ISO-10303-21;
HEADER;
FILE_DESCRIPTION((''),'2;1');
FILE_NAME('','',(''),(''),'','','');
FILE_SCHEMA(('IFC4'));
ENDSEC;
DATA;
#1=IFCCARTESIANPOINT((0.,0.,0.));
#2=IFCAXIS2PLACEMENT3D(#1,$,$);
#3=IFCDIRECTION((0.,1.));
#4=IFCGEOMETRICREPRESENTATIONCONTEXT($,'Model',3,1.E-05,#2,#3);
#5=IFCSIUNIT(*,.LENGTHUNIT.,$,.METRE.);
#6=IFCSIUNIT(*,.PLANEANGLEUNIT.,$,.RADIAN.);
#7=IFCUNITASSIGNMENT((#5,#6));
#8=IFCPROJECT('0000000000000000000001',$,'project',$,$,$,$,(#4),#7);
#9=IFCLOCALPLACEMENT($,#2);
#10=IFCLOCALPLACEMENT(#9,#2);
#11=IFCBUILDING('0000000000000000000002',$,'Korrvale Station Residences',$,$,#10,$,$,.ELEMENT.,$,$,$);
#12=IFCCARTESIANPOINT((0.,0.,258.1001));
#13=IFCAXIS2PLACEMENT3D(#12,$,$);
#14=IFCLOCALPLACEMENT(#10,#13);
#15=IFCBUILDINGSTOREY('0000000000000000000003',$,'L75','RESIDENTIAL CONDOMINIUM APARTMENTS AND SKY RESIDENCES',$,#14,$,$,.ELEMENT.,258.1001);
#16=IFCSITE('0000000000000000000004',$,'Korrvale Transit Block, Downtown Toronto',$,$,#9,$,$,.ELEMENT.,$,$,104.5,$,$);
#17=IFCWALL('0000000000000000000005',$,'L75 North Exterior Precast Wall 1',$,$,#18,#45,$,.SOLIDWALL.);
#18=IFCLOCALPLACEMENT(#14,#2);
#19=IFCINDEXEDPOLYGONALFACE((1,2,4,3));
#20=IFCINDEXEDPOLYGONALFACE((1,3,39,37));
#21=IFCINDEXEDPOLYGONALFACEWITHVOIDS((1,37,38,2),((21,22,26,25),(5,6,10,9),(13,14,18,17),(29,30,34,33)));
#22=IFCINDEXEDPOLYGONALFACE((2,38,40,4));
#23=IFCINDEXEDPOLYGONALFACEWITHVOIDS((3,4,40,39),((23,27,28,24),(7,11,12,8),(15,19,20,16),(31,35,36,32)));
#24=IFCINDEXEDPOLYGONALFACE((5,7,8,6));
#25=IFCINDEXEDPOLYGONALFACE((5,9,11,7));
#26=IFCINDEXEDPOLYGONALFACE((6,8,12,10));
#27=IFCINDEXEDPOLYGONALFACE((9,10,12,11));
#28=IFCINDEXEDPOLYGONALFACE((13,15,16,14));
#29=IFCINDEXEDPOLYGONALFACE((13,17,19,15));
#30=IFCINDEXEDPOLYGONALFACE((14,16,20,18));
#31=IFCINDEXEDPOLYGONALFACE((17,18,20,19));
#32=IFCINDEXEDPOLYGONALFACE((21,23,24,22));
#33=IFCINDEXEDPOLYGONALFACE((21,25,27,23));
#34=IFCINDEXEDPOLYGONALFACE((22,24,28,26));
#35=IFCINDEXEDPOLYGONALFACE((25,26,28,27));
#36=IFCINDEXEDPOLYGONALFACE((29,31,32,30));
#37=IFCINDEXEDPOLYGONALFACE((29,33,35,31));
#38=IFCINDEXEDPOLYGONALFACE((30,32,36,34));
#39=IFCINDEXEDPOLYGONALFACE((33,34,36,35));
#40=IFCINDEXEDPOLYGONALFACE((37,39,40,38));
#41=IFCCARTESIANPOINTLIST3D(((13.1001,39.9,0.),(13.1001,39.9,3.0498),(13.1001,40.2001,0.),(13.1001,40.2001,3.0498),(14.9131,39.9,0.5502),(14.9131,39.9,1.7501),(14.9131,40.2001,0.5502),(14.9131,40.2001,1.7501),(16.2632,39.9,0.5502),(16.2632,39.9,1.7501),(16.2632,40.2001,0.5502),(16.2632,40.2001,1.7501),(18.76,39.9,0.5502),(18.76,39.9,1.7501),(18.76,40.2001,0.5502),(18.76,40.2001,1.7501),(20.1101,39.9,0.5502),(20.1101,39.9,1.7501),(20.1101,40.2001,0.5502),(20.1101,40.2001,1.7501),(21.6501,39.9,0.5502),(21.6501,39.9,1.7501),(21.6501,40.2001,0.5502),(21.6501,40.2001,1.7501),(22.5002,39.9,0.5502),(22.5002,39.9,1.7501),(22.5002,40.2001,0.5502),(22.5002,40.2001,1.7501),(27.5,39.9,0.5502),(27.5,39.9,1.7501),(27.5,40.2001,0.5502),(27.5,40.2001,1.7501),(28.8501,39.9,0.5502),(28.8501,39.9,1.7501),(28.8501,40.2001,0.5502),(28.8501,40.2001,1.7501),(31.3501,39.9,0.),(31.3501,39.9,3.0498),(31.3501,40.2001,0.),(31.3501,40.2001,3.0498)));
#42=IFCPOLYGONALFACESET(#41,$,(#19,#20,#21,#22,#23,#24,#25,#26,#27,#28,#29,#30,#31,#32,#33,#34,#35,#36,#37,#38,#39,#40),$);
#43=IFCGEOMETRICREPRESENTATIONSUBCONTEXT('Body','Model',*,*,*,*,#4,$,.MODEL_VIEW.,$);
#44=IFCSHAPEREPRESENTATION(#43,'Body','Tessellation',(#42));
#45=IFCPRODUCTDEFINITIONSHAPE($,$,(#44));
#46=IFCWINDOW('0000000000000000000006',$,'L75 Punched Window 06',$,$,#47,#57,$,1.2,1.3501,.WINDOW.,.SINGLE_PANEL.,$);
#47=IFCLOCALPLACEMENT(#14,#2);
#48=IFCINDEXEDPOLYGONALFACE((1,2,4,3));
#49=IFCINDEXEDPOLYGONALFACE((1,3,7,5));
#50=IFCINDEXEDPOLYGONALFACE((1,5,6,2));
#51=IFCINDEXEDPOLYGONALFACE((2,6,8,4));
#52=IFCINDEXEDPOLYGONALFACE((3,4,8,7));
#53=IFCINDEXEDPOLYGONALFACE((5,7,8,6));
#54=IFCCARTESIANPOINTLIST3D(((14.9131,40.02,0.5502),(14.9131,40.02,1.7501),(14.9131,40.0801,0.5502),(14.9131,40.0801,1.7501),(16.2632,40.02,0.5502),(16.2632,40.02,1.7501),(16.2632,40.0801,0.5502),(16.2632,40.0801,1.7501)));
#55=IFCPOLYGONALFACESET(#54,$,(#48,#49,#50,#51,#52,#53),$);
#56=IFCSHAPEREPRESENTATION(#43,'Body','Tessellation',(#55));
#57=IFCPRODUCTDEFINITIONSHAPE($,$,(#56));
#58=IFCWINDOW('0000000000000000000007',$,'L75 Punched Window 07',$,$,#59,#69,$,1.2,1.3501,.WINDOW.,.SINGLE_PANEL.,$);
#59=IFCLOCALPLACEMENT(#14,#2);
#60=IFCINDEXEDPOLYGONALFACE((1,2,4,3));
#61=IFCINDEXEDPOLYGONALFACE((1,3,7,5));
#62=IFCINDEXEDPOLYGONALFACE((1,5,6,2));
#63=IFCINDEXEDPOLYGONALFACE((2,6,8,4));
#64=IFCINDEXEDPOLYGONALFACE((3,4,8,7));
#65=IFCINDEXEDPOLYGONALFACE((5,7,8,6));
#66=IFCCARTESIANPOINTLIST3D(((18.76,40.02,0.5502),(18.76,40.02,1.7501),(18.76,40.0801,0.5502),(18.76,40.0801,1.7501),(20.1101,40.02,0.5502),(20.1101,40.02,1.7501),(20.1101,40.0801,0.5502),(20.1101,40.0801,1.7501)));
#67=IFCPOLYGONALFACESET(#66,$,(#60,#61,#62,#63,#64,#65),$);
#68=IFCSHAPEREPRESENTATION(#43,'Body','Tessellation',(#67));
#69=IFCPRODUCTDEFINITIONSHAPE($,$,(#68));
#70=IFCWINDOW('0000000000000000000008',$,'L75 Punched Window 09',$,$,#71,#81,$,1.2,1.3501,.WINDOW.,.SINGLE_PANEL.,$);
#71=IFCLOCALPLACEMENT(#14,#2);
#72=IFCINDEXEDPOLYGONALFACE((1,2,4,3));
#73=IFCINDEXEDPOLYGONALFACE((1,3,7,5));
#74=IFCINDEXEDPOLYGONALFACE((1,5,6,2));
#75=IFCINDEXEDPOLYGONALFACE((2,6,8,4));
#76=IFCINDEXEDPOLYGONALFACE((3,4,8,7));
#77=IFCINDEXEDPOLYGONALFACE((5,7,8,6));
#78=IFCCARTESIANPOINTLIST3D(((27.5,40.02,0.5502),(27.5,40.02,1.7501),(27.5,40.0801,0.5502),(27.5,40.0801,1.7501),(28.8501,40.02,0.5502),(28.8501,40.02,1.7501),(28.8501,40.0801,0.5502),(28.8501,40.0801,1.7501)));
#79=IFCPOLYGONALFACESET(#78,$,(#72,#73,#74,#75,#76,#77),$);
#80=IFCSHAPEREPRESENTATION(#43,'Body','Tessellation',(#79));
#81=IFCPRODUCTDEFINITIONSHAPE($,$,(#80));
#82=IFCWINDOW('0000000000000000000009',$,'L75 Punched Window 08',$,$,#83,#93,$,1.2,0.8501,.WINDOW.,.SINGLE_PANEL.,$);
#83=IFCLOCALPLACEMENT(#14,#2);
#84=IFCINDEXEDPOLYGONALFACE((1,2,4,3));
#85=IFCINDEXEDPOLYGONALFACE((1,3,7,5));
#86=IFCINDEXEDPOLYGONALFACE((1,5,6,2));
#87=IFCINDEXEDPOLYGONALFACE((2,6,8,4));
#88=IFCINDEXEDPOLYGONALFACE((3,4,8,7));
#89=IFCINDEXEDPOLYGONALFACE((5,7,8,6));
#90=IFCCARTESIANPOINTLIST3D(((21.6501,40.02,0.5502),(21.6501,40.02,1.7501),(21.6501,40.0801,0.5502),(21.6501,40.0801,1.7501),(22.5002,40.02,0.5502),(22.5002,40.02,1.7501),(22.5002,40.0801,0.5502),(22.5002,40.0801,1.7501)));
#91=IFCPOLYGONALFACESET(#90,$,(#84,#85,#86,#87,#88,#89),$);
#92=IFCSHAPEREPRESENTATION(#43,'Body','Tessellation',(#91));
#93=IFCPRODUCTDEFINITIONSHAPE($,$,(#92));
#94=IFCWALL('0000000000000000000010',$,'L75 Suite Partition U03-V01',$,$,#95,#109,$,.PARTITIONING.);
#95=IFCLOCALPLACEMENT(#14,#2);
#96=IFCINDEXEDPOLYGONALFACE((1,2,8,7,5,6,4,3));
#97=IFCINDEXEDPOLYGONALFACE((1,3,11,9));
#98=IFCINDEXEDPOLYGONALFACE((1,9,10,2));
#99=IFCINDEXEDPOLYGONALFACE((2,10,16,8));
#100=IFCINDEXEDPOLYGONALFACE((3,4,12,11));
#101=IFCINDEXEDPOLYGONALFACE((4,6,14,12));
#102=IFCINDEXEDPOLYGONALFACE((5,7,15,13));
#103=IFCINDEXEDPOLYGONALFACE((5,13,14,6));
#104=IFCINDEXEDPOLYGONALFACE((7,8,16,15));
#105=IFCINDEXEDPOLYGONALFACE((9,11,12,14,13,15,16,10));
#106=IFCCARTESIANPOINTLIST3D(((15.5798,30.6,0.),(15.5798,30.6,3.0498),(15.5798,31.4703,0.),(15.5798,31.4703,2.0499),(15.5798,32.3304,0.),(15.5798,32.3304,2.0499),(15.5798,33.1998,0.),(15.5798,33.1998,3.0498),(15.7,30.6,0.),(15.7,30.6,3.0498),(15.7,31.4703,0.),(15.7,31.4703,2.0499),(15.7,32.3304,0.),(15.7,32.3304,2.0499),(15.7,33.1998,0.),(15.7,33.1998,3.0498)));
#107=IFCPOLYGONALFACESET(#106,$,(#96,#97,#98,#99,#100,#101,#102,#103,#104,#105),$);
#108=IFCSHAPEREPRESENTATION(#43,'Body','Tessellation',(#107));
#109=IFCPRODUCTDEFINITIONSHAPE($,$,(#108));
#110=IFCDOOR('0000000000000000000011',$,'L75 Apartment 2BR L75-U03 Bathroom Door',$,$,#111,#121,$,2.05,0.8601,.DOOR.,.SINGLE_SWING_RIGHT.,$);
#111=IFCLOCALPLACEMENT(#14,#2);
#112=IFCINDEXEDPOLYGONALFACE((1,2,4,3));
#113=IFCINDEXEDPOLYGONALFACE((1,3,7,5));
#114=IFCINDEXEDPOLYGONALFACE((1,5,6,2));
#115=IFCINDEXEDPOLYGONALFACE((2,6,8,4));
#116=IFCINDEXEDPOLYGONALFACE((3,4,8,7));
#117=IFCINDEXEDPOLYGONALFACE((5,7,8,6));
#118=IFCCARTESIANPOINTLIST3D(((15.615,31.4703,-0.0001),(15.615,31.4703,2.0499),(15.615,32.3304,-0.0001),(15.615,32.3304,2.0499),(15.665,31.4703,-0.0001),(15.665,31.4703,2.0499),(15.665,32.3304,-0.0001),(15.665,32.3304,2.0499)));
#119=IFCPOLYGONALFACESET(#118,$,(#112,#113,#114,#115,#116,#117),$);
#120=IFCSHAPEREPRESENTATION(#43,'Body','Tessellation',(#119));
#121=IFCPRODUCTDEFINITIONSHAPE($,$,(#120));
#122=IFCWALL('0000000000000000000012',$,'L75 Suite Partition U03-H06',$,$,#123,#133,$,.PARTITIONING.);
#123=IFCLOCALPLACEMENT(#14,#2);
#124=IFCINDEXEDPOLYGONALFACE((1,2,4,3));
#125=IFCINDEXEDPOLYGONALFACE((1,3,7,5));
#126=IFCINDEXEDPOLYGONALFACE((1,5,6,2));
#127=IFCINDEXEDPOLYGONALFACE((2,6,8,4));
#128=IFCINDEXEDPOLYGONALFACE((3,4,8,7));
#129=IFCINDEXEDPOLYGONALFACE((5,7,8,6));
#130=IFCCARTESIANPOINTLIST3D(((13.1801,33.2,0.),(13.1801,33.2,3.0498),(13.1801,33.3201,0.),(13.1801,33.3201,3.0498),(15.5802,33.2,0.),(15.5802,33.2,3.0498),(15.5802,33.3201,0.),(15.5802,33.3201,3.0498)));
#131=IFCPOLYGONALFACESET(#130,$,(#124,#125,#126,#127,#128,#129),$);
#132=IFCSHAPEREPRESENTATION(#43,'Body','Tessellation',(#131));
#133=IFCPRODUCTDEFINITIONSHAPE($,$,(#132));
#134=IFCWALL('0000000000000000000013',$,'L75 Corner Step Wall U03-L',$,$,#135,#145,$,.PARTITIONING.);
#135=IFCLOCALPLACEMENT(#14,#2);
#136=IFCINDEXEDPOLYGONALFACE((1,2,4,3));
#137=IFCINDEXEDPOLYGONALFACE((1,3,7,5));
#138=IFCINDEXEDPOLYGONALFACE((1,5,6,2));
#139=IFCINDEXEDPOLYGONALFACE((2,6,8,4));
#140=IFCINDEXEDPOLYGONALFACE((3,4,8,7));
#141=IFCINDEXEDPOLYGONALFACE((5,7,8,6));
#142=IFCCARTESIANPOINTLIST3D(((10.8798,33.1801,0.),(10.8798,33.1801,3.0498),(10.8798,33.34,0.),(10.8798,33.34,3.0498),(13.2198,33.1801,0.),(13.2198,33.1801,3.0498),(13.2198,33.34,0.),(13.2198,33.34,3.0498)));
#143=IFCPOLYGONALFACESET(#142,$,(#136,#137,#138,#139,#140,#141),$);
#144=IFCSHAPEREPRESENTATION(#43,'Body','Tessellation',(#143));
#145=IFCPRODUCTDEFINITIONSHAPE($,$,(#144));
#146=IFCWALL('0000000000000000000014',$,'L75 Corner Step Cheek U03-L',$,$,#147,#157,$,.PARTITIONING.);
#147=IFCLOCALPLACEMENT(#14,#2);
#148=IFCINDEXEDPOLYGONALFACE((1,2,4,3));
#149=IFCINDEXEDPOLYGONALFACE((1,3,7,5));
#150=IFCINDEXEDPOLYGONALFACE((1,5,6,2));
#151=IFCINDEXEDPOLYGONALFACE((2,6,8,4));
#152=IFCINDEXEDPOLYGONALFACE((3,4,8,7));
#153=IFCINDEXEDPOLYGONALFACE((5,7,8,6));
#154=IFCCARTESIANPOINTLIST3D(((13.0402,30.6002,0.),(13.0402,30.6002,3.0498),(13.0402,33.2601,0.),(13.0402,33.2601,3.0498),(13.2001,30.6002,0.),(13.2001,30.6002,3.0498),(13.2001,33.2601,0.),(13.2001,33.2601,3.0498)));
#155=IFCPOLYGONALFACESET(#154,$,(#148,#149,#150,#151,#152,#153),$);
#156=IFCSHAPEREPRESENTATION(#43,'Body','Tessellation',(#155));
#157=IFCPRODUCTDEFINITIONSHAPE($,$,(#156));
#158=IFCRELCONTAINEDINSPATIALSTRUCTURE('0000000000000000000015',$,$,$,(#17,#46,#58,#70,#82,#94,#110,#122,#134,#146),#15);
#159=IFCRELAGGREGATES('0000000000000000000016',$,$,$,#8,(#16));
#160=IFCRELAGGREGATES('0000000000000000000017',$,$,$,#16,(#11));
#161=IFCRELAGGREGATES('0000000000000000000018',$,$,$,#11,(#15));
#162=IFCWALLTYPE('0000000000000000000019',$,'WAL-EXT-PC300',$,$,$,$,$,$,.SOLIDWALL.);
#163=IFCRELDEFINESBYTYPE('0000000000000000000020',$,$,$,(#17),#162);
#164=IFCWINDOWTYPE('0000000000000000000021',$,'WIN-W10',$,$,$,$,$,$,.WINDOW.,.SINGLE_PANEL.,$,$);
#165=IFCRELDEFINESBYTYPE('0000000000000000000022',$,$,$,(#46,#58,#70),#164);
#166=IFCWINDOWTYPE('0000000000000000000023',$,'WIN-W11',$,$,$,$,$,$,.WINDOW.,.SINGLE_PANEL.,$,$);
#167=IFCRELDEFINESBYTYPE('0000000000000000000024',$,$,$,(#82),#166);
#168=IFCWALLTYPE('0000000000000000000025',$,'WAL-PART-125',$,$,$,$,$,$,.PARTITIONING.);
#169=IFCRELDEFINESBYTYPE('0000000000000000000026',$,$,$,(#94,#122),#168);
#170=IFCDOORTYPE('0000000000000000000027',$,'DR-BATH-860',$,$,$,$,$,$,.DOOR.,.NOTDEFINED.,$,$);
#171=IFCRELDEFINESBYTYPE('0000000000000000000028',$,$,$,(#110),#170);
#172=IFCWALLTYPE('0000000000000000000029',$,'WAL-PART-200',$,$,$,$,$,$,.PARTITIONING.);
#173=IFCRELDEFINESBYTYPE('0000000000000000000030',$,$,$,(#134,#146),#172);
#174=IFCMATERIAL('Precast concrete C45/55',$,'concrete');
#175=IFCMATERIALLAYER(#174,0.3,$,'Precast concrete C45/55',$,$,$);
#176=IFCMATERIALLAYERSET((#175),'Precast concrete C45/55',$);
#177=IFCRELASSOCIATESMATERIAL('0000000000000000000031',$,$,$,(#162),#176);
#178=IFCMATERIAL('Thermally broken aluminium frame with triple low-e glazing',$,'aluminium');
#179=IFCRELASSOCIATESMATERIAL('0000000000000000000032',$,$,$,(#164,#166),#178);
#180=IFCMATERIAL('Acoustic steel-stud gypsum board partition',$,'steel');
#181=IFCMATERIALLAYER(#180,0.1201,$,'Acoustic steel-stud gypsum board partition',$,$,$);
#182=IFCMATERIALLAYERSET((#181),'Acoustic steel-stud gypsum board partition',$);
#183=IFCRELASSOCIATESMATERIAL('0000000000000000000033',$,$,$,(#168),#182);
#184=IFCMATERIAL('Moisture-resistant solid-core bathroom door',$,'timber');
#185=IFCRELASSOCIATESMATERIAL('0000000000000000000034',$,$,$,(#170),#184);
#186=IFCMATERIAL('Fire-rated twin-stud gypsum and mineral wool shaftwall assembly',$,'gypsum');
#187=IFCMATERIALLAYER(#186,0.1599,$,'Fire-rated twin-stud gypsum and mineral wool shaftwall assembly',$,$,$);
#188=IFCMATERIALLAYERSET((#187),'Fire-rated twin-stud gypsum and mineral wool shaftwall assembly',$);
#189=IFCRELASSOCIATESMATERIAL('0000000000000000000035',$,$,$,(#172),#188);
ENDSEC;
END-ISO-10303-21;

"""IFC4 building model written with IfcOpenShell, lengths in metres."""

from ifc_helpers import new_model, si_unit, direction, frame, frame_2d, origin, place, context, subcontext, project, spatial, rectangle, extrude, material, layer, layer_set, type_object, element, fill, save


model = new_model("IFC4")

# Units and contexts
model_context = context("Model", 3, precision=1e-05, world=origin(), true_north=direction((0.0, 1.0)))
body_context = subcontext(model_context, "Body", "Model", "MODEL_VIEW")
ifc_project = project(units=[si_unit("LENGTHUNIT", "METRE"), si_unit("PLANEANGLEUNIT", "RADIAN")], contexts=[model_context])

# Site, building, storey
site_placement = place(None, origin())
site = spatial("IfcSite", under=ifc_project, at=site_placement, Name="Korrvale Transit Block, Downtown Toronto", CompositionType="ELEMENT", RefElevation=104.5)
building_placement = place(site_placement, origin())
building = spatial("IfcBuilding", under=site, at=building_placement, Name="Korrvale Station Residences", CompositionType="ELEMENT")
storey_placement = place(building_placement, frame((0.0, 0.0, 258.1001)))
storey = spatial("IfcBuildingStorey", under=building, at=storey_placement, Name="L75", Description="RESIDENTIAL CONDOMINIUM APARTMENTS AND SKY RESIDENCES", CompositionType="ELEMENT", Elevation=258.1001)

# Shared definitions
ifc_material_1 = material(Name="Precast concrete C45/55", Category="concrete")

# Wall, openings, windows
ifc_layer_1 = layer(ifc_material_1, 0.3, Name="Precast concrete C45/55")
ifc_layer_set_1 = layer_set([ifc_layer_1], Name="Precast concrete C45/55")
wall_type_1 = type_object("IfcWallType", Name="WAL-EXT-PC300", PredefinedType="SOLIDWALL", material=ifc_layer_set_1)
wall_1_placement = place(storey_placement, frame((13.1001, 40.05, 0.0), z_axis=(0.0, 0.0, 1.0), x_axis=(1.0, 0.0, 0.0)))
wall_1 = element("IfcWall", 1, at=wall_1_placement, inside=storey, type_object=wall_type_1, Name="L75 North Exterior Precast Wall 1", PredefinedType="SOLIDWALL", context=body_context, shape_type="SweptSolid", body=[
    extrude(rectangle(XDim=18.25, YDim=0.3, at=frame_2d((9.125, 0.0))), origin(), (0.0, 0.0, 1.0), 3.0498),
])
opening_1_placement = place(wall_1_placement, frame((1.813, 0.0, 0.55)))
opening_1 = element("IfcOpeningElement", 2, at=opening_1_placement, cuts=wall_1, PredefinedType="OPENING", context=body_context, shape_type="SweptSolid", body=[
    extrude(rectangle(XDim=1.3501, YDim=1.2, at=frame_2d((0.675, 0.6001))), frame((0.0, 0.1602, 0.0), z_axis=(0.0, -1.0, 0.0), x_axis=(1.0, 0.0, 0.0)), (0.0, 0.0, 1.0), 0.3201),
])
opening_2_placement = place(wall_1_placement, frame((5.6599, 0.0, 0.55)))
opening_2 = element("IfcOpeningElement", 3, at=opening_2_placement, cuts=wall_1, PredefinedType="OPENING", context=body_context, shape_type="SweptSolid", body=[
    extrude(rectangle(XDim=1.3501, YDim=1.2, at=frame_2d((0.675, 0.6001))), frame((0.0, 0.1602, 0.0), z_axis=(0.0, -1.0, 0.0), x_axis=(1.0, 0.0, 0.0)), (0.0, 0.0, 1.0), 0.3201),
])
opening_3_placement = place(wall_1_placement, frame((8.55, 0.0, 0.55)))
opening_3 = element("IfcOpeningElement", 4, at=opening_3_placement, cuts=wall_1, PredefinedType="OPENING", context=body_context, shape_type="SweptSolid", body=[
    extrude(rectangle(XDim=0.8501, YDim=1.2, at=frame_2d((0.425, 0.6001))), frame((0.0, 0.1602, 0.0), z_axis=(0.0, -1.0, 0.0), x_axis=(1.0, 0.0, 0.0)), (0.0, 0.0, 1.0), 0.3201),
])
opening_4_placement = place(wall_1_placement, frame((14.3999, 0.0, 0.55)))
opening_4 = element("IfcOpeningElement", 5, at=opening_4_placement, cuts=wall_1, PredefinedType="OPENING", context=body_context, shape_type="SweptSolid", body=[
    extrude(rectangle(XDim=1.3501, YDim=1.2, at=frame_2d((0.675, 0.6001))), frame((0.0, 0.1602, 0.0), z_axis=(0.0, -1.0, 0.0), x_axis=(1.0, 0.0, 0.0)), (0.0, 0.0, 1.0), 0.3201),
])
ifc_material_2 = material(Name="Thermally broken aluminium frame with triple low-e glazing", Category="aluminium")
window_type_1 = type_object("IfcWindowType", Name="WIN-W10", PartitioningType="SINGLE_PANEL", PredefinedType="WINDOW", material=ifc_material_2)
window_1_placement = place(opening_1_placement, origin())
window_1 = element("IfcWindow", 6, at=window_1_placement, inside=storey, type_object=window_type_1, Name="L75 Punched Window 06", OverallHeight=1.2, OverallWidth=1.3501, PartitioningType="SINGLE_PANEL", PredefinedType="WINDOW", context=body_context, shape_type="SweptSolid", body=[
    extrude(rectangle(XDim=1.3501, YDim=1.2, at=frame_2d((0.675, 0.6001))), frame((0.0, 0.03, 0.0), z_axis=(0.0, -1.0, 0.0), x_axis=(1.0, 0.0, 0.0)), (0.0, 0.0, 1.0), 0.0601),
])
fill(opening_1, window_1)
window_2_placement = place(opening_2_placement, origin())
window_2 = element("IfcWindow", 7, at=window_2_placement, inside=storey, type_object=window_type_1, Name="L75 Punched Window 07", OverallHeight=1.2, OverallWidth=1.3501, PartitioningType="SINGLE_PANEL", PredefinedType="WINDOW", context=body_context, shape_type="SweptSolid", body=[
    extrude(rectangle(XDim=1.3501, YDim=1.2, at=frame_2d((0.675, 0.6001))), frame((0.0, 0.03, 0.0), z_axis=(0.0, -1.0, 0.0), x_axis=(1.0, 0.0, 0.0)), (0.0, 0.0, 1.0), 0.0601),
])
fill(opening_2, window_2)
window_3_placement = place(opening_4_placement, origin())
window_3 = element("IfcWindow", 8, at=window_3_placement, inside=storey, type_object=window_type_1, Name="L75 Punched Window 09", OverallHeight=1.2, OverallWidth=1.3501, PartitioningType="SINGLE_PANEL", PredefinedType="WINDOW", context=body_context, shape_type="SweptSolid", body=[
    extrude(rectangle(XDim=1.3501, YDim=1.2, at=frame_2d((0.675, 0.6001))), frame((0.0, 0.03, 0.0), z_axis=(0.0, -1.0, 0.0), x_axis=(1.0, 0.0, 0.0)), (0.0, 0.0, 1.0), 0.0601),
])
fill(opening_4, window_3)
window_type_2 = type_object("IfcWindowType", Name="WIN-W11", PartitioningType="SINGLE_PANEL", PredefinedType="WINDOW", material=ifc_material_2)
window_4_placement = place(opening_3_placement, origin())
window_4 = element("IfcWindow", 9, at=window_4_placement, inside=storey, type_object=window_type_2, Name="L75 Punched Window 08", OverallHeight=1.2, OverallWidth=0.8501, PartitioningType="SINGLE_PANEL", PredefinedType="WINDOW", context=body_context, shape_type="SweptSolid", body=[
    extrude(rectangle(XDim=0.8501, YDim=1.2, at=frame_2d((0.425, 0.6001))), frame((0.0, 0.03, 0.0), z_axis=(0.0, -1.0, 0.0), x_axis=(1.0, 0.0, 0.0)), (0.0, 0.0, 1.0), 0.0601),
])
fill(opening_3, window_4)

# Wall, opening, door
ifc_material_3 = material(Name="Acoustic steel-stud gypsum board partition", Category="steel")
ifc_layer_2 = layer(ifc_material_3, 0.1201, Name="Acoustic steel-stud gypsum board partition")
ifc_layer_set_2 = layer_set([ifc_layer_2], Name="Acoustic steel-stud gypsum board partition")
wall_type_2 = type_object("IfcWallType", Name="WAL-PART-125", PredefinedType="PARTITIONING", material=ifc_layer_set_2)
wall_2_placement = place(storey_placement, frame((15.6399, 30.6001, 0.0), z_axis=(0.0, 0.0, 1.0), x_axis=(0.0, 1.0, 0.0)))
wall_2 = element("IfcWall", 10, at=wall_2_placement, inside=storey, type_object=wall_type_2, Name="L75 Suite Partition U03-V01", PredefinedType="PARTITIONING", context=body_context, shape_type="SweptSolid", body=[
    extrude(rectangle(XDim=2.5999, YDim=0.1201, at=frame_2d((1.2998, 0.0))), origin(), (0.0, 0.0, 1.0), 3.0498),
])
opening_5_placement = place(wall_2_placement, frame((0.8701, 0.0, 0.0)))
opening_5 = element("IfcOpeningElement", 11, at=opening_5_placement, cuts=wall_2, PredefinedType="OPENING", context=body_context, shape_type="SweptSolid", body=[
    extrude(rectangle(XDim=0.8601, YDim=2.05, at=frame_2d((0.4302, 1.0249))), frame((0.0, 0.0701, 0.0), z_axis=(0.0, -1.0, 0.0), x_axis=(1.0, 0.0, 0.0)), (0.0, 0.0, 1.0), 0.1401),
])
ifc_material_4 = material(Name="Moisture-resistant solid-core bathroom door", Category="timber")
door_type_1 = type_object("IfcDoorType", Name="DR-BATH-860", OperationType="NOTDEFINED", PredefinedType="DOOR", material=ifc_material_4)
door_1_placement = place(opening_5_placement, origin())
door_1 = element("IfcDoor", 12, at=door_1_placement, inside=storey, type_object=door_type_1, Name="L75 Apartment 2BR L75-U03 Bathroom Door", OperationType="SINGLE_SWING_RIGHT", OverallHeight=2.05, OverallWidth=0.8601, PredefinedType="DOOR", context=body_context, shape_type="SweptSolid", body=[
    extrude(rectangle(XDim=0.8601, YDim=2.05, at=frame_2d((0.4302, 1.0249))), frame((0.0, 0.0249, 0.0), z_axis=(0.0, -1.0, 0.0), x_axis=(1.0, 0.0, 0.0)), (0.0, 0.0, 1.0), 0.05),
])
fill(opening_5, door_1)

# Walls
wall_3_placement = place(storey_placement, frame((13.1799, 33.26, 0.0), z_axis=(0.0, 0.0, 1.0), x_axis=(1.0, 0.0, 0.0)))
element("IfcWall", 13, at=wall_3_placement, inside=storey, type_object=wall_type_2, Name="L75 Suite Partition U03-H06", PredefinedType="PARTITIONING", context=body_context, shape_type="SweptSolid", body=[
    extrude(rectangle(XDim=2.4001, YDim=0.1201, at=frame_2d((1.2002, 0.0))), origin(), (0.0, 0.0, 1.0), 3.0498),
])
ifc_material_5 = material(Name="Fire-rated twin-stud gypsum and mineral wool shaftwall assembly", Category="gypsum")
ifc_layer_3 = layer(ifc_material_5, 0.1599, Name="Fire-rated twin-stud gypsum and mineral wool shaftwall assembly")
ifc_layer_set_3 = layer_set([ifc_layer_3], Name="Fire-rated twin-stud gypsum and mineral wool shaftwall assembly")
wall_type_3 = type_object("IfcWallType", Name="WAL-PART-200", PredefinedType="PARTITIONING", material=ifc_layer_set_3)
wall_4_placement = place(storey_placement, frame((10.8799, 33.26, 0.0), z_axis=(0.0, 0.0, 1.0), x_axis=(1.0, 0.0, 0.0)))
element("IfcWall", 14, at=wall_4_placement, inside=storey, type_object=wall_type_3, Name="L75 Corner Step Wall U03-L", PredefinedType="PARTITIONING", context=body_context, shape_type="SweptSolid", body=[
    extrude(rectangle(XDim=2.3401, YDim=0.1599, at=frame_2d((1.1699, 0.0))), origin(), (0.0, 0.0, 1.0), 3.0498),
])
wall_5_placement = place(storey_placement, frame((13.1201, 30.6001, 0.0), z_axis=(0.0, 0.0, 1.0), x_axis=(0.0, 1.0, 0.0)))
element("IfcWall", 15, at=wall_5_placement, inside=storey, type_object=wall_type_3, Name="L75 Corner Step Cheek U03-L", PredefinedType="PARTITIONING", context=body_context, shape_type="SweptSolid", body=[
    extrude(rectangle(XDim=2.6599, YDim=0.1599, at=frame_2d((1.3301, 0.0))), origin(), (0.0, 0.0, 1.0), 3.0498),
])

save(model, "model.ifc")
